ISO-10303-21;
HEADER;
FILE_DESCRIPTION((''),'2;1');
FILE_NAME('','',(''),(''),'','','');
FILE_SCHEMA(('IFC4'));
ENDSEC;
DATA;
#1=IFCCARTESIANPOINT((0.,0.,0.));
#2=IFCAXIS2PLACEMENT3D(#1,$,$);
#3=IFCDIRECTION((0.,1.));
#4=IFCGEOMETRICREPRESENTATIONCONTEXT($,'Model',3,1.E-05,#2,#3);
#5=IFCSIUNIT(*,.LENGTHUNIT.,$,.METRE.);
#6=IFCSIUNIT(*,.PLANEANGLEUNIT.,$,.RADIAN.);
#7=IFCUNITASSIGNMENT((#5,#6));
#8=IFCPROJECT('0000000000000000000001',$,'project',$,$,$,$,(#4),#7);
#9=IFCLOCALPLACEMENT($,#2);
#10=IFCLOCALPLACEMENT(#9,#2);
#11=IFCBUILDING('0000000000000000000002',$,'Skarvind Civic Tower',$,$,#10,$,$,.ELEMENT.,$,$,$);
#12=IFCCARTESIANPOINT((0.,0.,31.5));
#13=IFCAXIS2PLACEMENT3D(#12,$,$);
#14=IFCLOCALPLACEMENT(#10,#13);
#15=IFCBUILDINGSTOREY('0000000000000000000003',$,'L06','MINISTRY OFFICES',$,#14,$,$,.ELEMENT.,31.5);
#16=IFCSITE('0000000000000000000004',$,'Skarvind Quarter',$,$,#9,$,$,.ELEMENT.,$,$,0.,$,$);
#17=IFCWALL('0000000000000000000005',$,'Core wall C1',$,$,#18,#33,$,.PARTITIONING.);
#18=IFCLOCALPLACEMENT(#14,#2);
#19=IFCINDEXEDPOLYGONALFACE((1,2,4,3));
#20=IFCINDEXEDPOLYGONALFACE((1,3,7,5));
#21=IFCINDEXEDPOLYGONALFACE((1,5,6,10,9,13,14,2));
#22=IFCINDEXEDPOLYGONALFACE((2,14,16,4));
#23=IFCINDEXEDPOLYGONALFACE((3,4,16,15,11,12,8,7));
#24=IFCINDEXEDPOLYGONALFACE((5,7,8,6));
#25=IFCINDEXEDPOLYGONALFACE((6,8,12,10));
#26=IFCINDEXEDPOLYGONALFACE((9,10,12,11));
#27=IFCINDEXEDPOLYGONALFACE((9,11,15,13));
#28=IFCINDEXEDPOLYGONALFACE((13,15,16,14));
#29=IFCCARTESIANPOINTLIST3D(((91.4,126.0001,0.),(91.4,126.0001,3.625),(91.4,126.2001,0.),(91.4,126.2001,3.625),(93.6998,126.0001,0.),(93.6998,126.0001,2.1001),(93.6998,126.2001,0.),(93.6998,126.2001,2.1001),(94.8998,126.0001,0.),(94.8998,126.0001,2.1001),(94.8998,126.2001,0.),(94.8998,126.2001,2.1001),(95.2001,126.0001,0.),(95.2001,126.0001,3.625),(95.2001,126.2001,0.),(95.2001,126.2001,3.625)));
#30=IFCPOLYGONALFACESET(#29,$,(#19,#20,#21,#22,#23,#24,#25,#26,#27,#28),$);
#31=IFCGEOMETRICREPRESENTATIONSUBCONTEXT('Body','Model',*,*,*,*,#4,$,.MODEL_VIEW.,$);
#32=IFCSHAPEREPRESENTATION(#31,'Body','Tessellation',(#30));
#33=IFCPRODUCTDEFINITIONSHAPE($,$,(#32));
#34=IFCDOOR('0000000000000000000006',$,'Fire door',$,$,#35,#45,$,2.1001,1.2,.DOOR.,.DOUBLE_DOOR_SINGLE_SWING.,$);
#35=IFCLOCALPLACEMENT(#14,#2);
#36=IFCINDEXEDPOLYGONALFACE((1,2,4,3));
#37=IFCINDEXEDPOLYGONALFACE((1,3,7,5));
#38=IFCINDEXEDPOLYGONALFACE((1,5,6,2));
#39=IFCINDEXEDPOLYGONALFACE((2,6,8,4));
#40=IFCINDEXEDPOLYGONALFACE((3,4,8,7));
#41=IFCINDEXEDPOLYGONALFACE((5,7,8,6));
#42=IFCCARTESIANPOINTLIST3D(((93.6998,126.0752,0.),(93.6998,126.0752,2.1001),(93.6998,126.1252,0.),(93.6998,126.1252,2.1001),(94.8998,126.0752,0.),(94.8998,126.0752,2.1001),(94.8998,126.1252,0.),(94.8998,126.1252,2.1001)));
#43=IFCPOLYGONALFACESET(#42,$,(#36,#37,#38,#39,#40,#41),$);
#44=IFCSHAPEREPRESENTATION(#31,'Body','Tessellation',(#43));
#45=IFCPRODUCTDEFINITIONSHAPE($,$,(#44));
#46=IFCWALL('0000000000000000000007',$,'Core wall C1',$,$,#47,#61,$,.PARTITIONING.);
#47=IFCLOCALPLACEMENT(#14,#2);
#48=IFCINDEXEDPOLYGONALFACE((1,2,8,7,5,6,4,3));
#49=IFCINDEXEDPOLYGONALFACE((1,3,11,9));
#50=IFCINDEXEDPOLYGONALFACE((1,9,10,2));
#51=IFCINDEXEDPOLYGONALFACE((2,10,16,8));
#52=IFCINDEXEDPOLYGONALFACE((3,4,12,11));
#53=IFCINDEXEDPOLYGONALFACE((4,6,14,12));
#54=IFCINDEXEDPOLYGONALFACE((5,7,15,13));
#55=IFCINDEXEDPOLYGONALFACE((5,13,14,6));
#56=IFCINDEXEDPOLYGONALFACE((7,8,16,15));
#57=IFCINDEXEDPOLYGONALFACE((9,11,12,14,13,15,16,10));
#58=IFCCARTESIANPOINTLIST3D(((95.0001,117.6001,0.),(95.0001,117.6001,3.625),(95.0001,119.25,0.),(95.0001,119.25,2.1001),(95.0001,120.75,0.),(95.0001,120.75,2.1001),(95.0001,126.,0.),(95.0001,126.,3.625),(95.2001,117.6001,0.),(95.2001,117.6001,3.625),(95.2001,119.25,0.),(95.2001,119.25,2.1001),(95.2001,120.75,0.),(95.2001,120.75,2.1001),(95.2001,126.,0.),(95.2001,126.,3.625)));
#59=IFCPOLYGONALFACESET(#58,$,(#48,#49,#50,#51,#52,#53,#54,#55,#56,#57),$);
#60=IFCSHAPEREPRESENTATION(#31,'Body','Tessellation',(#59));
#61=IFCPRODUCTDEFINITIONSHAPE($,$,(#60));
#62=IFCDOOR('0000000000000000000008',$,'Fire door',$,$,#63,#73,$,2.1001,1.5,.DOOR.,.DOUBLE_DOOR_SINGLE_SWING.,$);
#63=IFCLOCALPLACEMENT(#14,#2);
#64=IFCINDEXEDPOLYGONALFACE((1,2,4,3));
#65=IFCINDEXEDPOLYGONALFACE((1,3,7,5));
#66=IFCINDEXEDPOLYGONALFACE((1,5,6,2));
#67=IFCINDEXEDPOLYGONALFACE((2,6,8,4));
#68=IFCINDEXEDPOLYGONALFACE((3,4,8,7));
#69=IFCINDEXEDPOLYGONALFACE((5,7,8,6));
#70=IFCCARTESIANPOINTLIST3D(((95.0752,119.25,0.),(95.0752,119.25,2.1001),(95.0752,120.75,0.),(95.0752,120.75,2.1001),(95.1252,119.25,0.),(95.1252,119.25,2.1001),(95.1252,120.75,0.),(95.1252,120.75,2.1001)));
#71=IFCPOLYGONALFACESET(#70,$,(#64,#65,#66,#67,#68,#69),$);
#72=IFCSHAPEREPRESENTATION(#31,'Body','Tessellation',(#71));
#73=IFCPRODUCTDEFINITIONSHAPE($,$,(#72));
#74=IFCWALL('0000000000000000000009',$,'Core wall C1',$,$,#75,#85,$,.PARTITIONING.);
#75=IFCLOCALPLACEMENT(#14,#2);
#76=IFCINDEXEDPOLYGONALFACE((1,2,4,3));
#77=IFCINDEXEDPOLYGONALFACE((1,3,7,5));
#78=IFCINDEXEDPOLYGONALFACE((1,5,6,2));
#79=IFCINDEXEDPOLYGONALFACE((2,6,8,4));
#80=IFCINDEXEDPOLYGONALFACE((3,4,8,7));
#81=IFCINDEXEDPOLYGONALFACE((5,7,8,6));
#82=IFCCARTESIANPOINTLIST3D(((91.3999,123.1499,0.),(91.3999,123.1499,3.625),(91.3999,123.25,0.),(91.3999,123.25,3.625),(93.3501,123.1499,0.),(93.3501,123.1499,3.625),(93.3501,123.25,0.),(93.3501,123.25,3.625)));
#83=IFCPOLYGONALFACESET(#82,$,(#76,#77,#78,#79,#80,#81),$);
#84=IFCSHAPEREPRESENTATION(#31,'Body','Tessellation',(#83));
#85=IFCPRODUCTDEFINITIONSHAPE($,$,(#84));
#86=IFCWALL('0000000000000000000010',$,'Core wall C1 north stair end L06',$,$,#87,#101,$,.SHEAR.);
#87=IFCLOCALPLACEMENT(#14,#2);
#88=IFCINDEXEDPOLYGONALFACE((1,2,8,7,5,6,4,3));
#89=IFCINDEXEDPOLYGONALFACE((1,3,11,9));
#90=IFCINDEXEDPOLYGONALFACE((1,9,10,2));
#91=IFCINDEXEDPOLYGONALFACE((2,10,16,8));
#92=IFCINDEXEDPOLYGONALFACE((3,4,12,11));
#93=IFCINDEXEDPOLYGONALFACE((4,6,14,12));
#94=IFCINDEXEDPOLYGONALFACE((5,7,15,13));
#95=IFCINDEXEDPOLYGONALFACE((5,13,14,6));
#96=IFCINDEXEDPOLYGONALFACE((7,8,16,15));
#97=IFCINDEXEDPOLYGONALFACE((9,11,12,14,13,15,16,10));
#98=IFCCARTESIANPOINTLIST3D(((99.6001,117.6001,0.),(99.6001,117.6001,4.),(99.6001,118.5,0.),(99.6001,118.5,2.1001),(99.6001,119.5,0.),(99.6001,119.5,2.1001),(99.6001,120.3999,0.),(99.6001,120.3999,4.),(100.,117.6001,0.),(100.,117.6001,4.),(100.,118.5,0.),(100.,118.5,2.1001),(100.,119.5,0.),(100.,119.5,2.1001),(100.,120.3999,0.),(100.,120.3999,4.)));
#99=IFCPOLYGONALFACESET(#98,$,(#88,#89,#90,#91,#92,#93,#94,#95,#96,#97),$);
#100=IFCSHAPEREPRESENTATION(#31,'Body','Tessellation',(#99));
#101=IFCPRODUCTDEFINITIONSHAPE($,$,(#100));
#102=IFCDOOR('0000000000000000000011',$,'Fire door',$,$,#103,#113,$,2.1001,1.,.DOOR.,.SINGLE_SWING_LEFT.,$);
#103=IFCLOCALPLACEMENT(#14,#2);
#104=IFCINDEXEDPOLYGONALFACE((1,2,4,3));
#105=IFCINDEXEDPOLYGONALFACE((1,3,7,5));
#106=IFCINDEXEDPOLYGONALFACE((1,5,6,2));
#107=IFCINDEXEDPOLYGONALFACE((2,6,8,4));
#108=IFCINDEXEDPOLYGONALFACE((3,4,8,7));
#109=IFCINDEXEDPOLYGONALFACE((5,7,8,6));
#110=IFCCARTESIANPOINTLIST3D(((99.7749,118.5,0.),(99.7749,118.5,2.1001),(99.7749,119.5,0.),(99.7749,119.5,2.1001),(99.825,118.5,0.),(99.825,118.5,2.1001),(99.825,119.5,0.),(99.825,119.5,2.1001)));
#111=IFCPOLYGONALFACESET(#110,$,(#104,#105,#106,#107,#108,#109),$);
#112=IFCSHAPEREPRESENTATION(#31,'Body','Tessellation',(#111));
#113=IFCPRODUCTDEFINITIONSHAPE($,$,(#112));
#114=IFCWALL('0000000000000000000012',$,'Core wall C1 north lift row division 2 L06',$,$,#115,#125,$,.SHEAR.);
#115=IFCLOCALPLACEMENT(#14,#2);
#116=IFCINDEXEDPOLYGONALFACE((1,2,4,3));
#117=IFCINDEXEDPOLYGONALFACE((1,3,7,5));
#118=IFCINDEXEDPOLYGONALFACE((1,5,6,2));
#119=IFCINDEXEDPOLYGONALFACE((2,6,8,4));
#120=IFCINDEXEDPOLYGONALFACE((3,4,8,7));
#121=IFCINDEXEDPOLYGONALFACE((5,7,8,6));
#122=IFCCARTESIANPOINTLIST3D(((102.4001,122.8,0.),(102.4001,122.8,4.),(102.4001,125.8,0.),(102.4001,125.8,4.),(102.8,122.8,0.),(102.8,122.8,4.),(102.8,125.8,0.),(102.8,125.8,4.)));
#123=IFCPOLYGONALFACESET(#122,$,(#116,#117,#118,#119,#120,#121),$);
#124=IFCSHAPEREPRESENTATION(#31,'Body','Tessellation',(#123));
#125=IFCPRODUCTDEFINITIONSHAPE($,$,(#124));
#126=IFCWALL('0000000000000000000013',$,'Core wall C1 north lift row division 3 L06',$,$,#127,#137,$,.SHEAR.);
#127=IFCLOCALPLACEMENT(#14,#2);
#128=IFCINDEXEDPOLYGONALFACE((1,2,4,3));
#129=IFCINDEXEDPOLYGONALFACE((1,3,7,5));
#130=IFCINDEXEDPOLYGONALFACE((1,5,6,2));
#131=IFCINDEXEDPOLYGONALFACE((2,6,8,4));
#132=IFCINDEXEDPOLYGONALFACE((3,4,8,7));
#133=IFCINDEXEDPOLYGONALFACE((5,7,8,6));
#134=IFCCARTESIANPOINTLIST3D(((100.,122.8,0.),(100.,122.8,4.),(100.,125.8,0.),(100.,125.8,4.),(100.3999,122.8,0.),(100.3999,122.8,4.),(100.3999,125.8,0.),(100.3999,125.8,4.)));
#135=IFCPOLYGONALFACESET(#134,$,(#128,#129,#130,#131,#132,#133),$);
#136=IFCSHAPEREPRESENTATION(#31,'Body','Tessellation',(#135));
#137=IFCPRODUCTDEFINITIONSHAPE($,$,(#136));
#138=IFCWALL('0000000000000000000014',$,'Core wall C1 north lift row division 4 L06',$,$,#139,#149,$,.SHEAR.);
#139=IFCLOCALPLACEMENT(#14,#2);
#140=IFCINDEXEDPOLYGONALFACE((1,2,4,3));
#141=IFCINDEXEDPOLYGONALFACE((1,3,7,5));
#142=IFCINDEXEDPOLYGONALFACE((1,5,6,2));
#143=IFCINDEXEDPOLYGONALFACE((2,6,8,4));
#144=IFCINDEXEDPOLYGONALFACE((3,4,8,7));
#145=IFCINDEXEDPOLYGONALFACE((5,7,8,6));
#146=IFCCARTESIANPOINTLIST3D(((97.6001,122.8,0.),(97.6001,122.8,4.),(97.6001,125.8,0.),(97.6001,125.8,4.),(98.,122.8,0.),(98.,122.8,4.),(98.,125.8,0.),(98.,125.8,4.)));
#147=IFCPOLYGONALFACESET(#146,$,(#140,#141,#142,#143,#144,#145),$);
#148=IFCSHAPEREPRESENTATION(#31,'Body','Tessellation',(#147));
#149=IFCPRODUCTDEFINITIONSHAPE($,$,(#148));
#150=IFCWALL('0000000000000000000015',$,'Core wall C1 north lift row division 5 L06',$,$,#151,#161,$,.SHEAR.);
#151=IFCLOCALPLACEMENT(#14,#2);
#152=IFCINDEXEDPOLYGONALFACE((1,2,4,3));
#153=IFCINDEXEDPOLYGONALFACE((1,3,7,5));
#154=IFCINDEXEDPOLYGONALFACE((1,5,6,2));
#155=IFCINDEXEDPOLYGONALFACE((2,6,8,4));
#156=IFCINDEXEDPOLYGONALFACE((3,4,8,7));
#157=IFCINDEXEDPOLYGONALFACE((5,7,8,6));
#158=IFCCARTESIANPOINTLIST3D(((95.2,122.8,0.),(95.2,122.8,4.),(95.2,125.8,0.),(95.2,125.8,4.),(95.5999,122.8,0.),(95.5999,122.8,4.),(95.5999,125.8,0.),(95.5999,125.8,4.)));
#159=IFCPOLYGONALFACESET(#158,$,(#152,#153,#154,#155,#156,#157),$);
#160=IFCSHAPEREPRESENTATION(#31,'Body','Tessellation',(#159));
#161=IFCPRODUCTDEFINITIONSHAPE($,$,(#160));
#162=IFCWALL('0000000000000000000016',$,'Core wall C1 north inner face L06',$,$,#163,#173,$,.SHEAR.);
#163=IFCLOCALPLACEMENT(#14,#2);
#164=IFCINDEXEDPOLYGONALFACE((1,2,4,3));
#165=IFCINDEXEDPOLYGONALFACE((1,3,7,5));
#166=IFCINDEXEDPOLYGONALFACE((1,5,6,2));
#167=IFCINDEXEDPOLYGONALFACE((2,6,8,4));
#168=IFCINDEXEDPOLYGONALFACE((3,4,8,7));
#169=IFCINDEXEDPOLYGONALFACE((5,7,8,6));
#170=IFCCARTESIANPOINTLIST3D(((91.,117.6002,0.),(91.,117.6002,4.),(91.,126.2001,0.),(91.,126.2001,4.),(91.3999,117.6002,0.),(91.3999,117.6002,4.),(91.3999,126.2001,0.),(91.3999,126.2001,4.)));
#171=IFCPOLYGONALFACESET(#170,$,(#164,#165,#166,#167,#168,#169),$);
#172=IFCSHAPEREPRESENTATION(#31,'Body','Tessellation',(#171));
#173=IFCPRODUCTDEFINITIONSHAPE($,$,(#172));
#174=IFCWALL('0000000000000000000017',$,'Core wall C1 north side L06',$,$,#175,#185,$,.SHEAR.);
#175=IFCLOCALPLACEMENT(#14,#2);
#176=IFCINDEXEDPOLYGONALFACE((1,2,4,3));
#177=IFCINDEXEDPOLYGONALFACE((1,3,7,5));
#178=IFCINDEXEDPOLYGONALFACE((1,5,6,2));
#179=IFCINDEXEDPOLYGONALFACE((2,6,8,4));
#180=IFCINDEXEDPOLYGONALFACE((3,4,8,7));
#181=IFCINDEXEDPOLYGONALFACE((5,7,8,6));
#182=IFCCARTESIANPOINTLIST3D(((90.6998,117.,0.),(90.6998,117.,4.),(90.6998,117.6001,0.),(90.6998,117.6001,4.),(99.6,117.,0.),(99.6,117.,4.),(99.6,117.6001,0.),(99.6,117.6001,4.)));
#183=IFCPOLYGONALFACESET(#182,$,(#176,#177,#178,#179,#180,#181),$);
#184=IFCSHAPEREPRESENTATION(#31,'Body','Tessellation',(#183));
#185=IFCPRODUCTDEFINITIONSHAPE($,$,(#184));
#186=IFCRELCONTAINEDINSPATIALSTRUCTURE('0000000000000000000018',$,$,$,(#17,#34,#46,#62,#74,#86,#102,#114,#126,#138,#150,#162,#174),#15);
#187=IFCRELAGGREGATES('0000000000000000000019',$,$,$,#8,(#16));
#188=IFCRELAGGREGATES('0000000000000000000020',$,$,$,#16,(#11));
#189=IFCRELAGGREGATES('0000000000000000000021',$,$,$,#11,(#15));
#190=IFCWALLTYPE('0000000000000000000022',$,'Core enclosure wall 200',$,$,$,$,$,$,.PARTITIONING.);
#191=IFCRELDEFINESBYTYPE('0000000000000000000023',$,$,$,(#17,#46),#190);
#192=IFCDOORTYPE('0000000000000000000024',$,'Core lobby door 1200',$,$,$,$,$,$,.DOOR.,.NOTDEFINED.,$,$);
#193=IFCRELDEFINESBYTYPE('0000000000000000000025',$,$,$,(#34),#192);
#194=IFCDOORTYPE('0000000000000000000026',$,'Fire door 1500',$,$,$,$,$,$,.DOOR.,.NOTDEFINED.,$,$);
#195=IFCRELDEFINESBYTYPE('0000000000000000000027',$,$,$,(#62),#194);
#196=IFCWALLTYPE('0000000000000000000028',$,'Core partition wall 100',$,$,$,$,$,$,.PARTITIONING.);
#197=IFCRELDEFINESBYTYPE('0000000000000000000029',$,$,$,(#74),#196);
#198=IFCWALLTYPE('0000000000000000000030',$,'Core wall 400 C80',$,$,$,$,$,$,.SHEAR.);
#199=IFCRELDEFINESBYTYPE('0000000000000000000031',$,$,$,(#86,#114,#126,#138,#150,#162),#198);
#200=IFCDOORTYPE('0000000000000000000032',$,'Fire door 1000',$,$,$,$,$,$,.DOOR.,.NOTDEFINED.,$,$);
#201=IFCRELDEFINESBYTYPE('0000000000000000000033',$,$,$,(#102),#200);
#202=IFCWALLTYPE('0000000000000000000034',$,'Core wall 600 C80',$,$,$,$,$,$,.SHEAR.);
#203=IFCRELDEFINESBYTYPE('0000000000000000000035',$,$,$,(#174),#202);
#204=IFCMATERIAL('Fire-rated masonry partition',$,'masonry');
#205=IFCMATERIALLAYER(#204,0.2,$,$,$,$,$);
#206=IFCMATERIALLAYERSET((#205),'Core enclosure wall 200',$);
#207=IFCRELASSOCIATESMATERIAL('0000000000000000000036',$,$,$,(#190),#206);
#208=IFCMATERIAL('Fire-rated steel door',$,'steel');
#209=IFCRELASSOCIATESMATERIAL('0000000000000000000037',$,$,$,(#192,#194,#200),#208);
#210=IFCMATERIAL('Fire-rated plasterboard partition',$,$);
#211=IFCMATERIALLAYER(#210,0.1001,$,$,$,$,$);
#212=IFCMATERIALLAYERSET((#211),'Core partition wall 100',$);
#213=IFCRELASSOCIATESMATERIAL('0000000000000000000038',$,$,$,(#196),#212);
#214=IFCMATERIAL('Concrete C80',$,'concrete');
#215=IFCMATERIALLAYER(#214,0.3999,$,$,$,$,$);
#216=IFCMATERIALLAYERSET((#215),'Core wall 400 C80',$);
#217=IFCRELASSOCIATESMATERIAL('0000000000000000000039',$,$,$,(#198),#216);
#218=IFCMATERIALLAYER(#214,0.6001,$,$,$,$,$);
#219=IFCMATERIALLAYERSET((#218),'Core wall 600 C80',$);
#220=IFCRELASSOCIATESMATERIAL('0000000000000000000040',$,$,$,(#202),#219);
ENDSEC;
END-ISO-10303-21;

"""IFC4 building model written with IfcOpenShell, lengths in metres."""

from ifc_helpers import new_model, si_unit, direction, frame, frame_2d, origin, place, context, subcontext, project, spatial, rectangle, extrude, material, layer, layer_set, type_object, element, fill, save


model = new_model("IFC4")

# Units and contexts
model_context = context("Model", 3, precision=1e-05, world=origin(), true_north=direction((0.0, 1.0)))
body_context = subcontext(model_context, "Body", "Model", "MODEL_VIEW")
ifc_project = project(units=[si_unit("LENGTHUNIT", "METRE"), si_unit("PLANEANGLEUNIT", "RADIAN")], contexts=[model_context])

# Site, building, storey
site_placement = place(None, origin())
site = spatial("IfcSite", under=ifc_project, at=site_placement, Name="Skarvind Quarter", CompositionType="ELEMENT", RefElevation=0.0)
building_placement = place(site_placement, origin())
building = spatial("IfcBuilding", under=site, at=building_placement, Name="Skarvind Civic Tower", CompositionType="ELEMENT")
storey_placement = place(building_placement, frame((0.0, 0.0, 31.5)))
storey = spatial("IfcBuildingStorey", under=building, at=storey_placement, Name="L06", Description="MINISTRY OFFICES", CompositionType="ELEMENT", Elevation=31.5)

# Walls, openings, doors
ifc_material_1 = material(Name="Fire-rated masonry partition", Category="masonry")
ifc_layer_1 = layer(ifc_material_1, 0.2)
ifc_layer_set_1 = layer_set([ifc_layer_1], Name="Core enclosure wall 200")
wall_type_1 = type_object("IfcWallType", Name="Core enclosure wall 200", PredefinedType="PARTITIONING", material=ifc_layer_set_1)
wall_1_placement = place(storey_placement, frame((95.2, 126.1001, 0.0), z_axis=(0.0, 0.0, 1.0), x_axis=(-1.0, 0.0, 0.0)))
wall_1 = element("IfcWall", 1, at=wall_1_placement, inside=storey, type_object=wall_type_1, Name="Core wall C1", PredefinedType="PARTITIONING", context=body_context, shape_type="SweptSolid", body=[
    extrude(rectangle(XDim=3.8, YDim=0.2, at=frame_2d((1.8999, 0.0))), origin(), (0.0, 0.0, 1.0), 3.625),
])
opening_1_placement = place(wall_1_placement, frame((0.3, 0.0, 0.0)))
opening_1 = element("IfcOpeningElement", 2, at=opening_1_placement, cuts=wall_1, PredefinedType="OPENING", context=body_context, shape_type="SweptSolid", body=[
    extrude(rectangle(XDim=1.2, YDim=2.1001, at=frame_2d((0.6001, 1.05))), frame((0.0, 0.1099, 0.0), z_axis=(0.0, -1.0, 0.0), x_axis=(1.0, 0.0, 0.0)), (0.0, 0.0, 1.0), 0.22),
])
ifc_material_2 = material(Name="Fire-rated steel door", Category="steel")
door_type_1 = type_object("IfcDoorType", Name="Core lobby door 1200", OperationType="NOTDEFINED", PredefinedType="DOOR", material=ifc_material_2)
door_1_placement = place(opening_1_placement, origin())
door_1 = element("IfcDoor", 3, at=door_1_placement, inside=storey, type_object=door_type_1, Name="Fire door", OperationType="DOUBLE_DOOR_SINGLE_SWING", OverallHeight=2.1001, OverallWidth=1.2, PredefinedType="DOOR", context=body_context, shape_type="SweptSolid", body=[
    extrude(rectangle(XDim=1.2, YDim=2.1001, at=frame_2d((0.6001, 1.05))), frame((0.0, 0.0249, 0.0), z_axis=(0.0, -1.0, 0.0), x_axis=(1.0, 0.0, 0.0)), (0.0, 0.0, 1.0), 0.05),
])
fill(opening_1, door_1)
wall_2_placement = place(storey_placement, frame((95.1001, 117.6001, 0.0), z_axis=(0.0, 0.0, 1.0), x_axis=(0.0, 1.0, 0.0)))
wall_2 = element("IfcWall", 4, at=wall_2_placement, inside=storey, type_object=wall_type_1, Name="Core wall C1", PredefinedType="PARTITIONING", context=body_context, shape_type="SweptSolid", body=[
    extrude(rectangle(XDim=8.3999, YDim=0.2, at=frame_2d((4.2, 0.0))), origin(), (0.0, 0.0, 1.0), 3.625),
])
opening_2_placement = place(wall_2_placement, frame((1.6499, 0.0, 0.0)))
opening_2 = element("IfcOpeningElement", 5, at=opening_2_placement, cuts=wall_2, PredefinedType="OPENING", context=body_context, shape_type="SweptSolid", body=[
    extrude(rectangle(XDim=1.5, YDim=2.1001, at=frame_2d((0.75, 1.05))), frame((0.0, 0.1099, 0.0), z_axis=(0.0, -1.0, 0.0), x_axis=(1.0, 0.0, 0.0)), (0.0, 0.0, 1.0), 0.22),
])
door_type_2 = type_object("IfcDoorType", Name="Fire door 1500", OperationType="NOTDEFINED", PredefinedType="DOOR", material=ifc_material_2)
door_2_placement = place(opening_2_placement, origin())
door_2 = element("IfcDoor", 6, at=door_2_placement, inside=storey, type_object=door_type_2, Name="Fire door", OperationType="DOUBLE_DOOR_SINGLE_SWING", OverallHeight=2.1001, OverallWidth=1.5, PredefinedType="DOOR", context=body_context, shape_type="SweptSolid", body=[
    extrude(rectangle(XDim=1.5, YDim=2.1001, at=frame_2d((0.75, 1.05))), frame((0.0, 0.0249, 0.0), z_axis=(0.0, -1.0, 0.0), x_axis=(1.0, 0.0, 0.0)), (0.0, 0.0, 1.0), 0.05),
])
fill(opening_2, door_2)

# Wall
ifc_material_3 = material(Name="Fire-rated plasterboard partition")
ifc_layer_2 = layer(ifc_material_3, 0.1001)
ifc_layer_set_2 = layer_set([ifc_layer_2], Name="Core partition wall 100")
wall_type_2 = type_object("IfcWallType", Name="Core partition wall 100", PredefinedType="PARTITIONING", material=ifc_layer_set_2)
wall_3_placement = place(storey_placement, frame((93.3501, 123.2, 0.0), z_axis=(0.0, 0.0, 1.0), x_axis=(-1.0, 0.0, 0.0)))
element("IfcWall", 7, at=wall_3_placement, inside=storey, type_object=wall_type_2, Name="Core wall C1", PredefinedType="PARTITIONING", context=body_context, shape_type="SweptSolid", body=[
    extrude(rectangle(XDim=1.9502, YDim=0.1001, at=frame_2d((0.9751, 0.0))), origin(), (0.0, 0.0, 1.0), 3.625),
])

# Wall, opening, door
ifc_material_4 = material(Name="Concrete C80", Category="concrete")
ifc_layer_3 = layer(ifc_material_4, 0.3999)
ifc_layer_set_3 = layer_set([ifc_layer_3], Name="Core wall 400 C80")
wall_type_3 = type_object("IfcWallType", Name="Core wall 400 C80", PredefinedType="SHEAR", material=ifc_layer_set_3)
wall_4_placement = place(storey_placement, frame((99.8, 120.3999, 0.0), z_axis=(0.0, 0.0, 1.0), x_axis=(0.0, -1.0, 0.0)))
wall_4 = element("IfcWall", 8, at=wall_4_placement, inside=storey, type_object=wall_type_3, Name="Core wall C1 north stair end L06", PredefinedType="SHEAR", context=body_context, shape_type="SweptSolid", body=[
    extrude(rectangle(XDim=2.7998, YDim=0.3999, at=frame_2d((1.3999, 0.0))), origin(), (0.0, 0.0, 1.0), 4.0),
])
opening_3_placement = place(wall_4_placement, frame((0.8999, 0.0, 0.0)))
opening_3 = element("IfcOpeningElement", 9, at=opening_3_placement, cuts=wall_4, PredefinedType="OPENING", context=body_context, shape_type="SweptSolid", body=[
    extrude(rectangle(XDim=1.0, YDim=2.1001, at=frame_2d((0.5, 1.05))), frame((0.0, 0.21, 0.0), z_axis=(0.0, -1.0, 0.0), x_axis=(1.0, 0.0, 0.0)), (0.0, 0.0, 1.0), 0.4199),
])
door_type_3 = type_object("IfcDoorType", Name="Fire door 1000", OperationType="NOTDEFINED", PredefinedType="DOOR", material=ifc_material_2)
door_3_placement = place(opening_3_placement, origin())
door_3 = element("IfcDoor", 10, at=door_3_placement, inside=storey, type_object=door_type_3, Name="Fire door", OperationType="SINGLE_SWING_LEFT", OverallHeight=2.1001, OverallWidth=1.0, PredefinedType="DOOR", context=body_context, shape_type="SweptSolid", body=[
    extrude(rectangle(XDim=1.0, YDim=2.1001, at=frame_2d((0.5, 1.05))), frame((0.0, 0.0249, 0.0), z_axis=(0.0, -1.0, 0.0), x_axis=(1.0, 0.0, 0.0)), (0.0, 0.0, 1.0), 0.05),
])
fill(opening_3, door_3)

# Walls
for number, where, z_axis, x_axis, name in (
    (11, (102.6001, 125.8, 0.0), (0.0, 0.0, 1.0), (0.0, -1.0, 0.0), "Core wall C1 north lift row division 2 L06"),
    (12, (100.2, 125.8, 0.0), (0.0, 0.0, 1.0), (0.0, -1.0, 0.0), "Core wall C1 north lift row division 3 L06"),
    (13, (97.8, 125.8, 0.0), (0.0, 0.0, 1.0), (0.0, -1.0, 0.0), "Core wall C1 north lift row division 4 L06"),
    (14, (95.3999, 125.8, 0.0), (0.0, 0.0, 1.0), (0.0, -1.0, 0.0), "Core wall C1 north lift row division 5 L06"),
):
    element("IfcWall", number, at=place(storey_placement, frame(where, z_axis=z_axis, x_axis=x_axis)), inside=storey, type_object=wall_type_3, Name=name, PredefinedType="SHEAR", context=body_context, shape_type="SweptSolid", body=[
        extrude(rectangle(XDim=3.0, YDim=0.3999, at=frame_2d((1.5, 0.0))), origin(), (0.0, 0.0, 1.0), 4.0),
    ])
wall_5_placement = place(storey_placement, frame((91.2, 126.2, 0.0), z_axis=(0.0, 0.0, 1.0), x_axis=(0.0, -1.0, 0.0)))
element("IfcWall", 15, at=wall_5_placement, inside=storey, type_object=wall_type_3, Name="Core wall C1 north inner face L06", PredefinedType="SHEAR", context=body_context, shape_type="SweptSolid", body=[
    extrude(rectangle(XDim=8.5999, YDim=0.3999, at=frame_2d((4.2998, 0.0))), origin(), (0.0, 0.0, 1.0), 4.0),
])
ifc_layer_4 = layer(ifc_material_4, 0.6001)
ifc_layer_set_4 = layer_set([ifc_layer_4], Name="Core wall 600 C80")
wall_type_4 = type_object("IfcWallType", Name="Core wall 600 C80", PredefinedType="SHEAR", material=ifc_layer_set_4)
wall_6_placement = place(storey_placement, frame((99.6001, 117.3, 0.0), z_axis=(0.0, 0.0, 1.0), x_axis=(-1.0, 0.0, 0.0)))
element("IfcWall", 16, at=wall_6_placement, inside=storey, type_object=wall_type_4, Name="Core wall C1 north side L06", PredefinedType="SHEAR", context=body_context, shape_type="SweptSolid", body=[
    extrude(rectangle(XDim=8.9001, YDim=0.6001, at=frame_2d((4.4502, 0.0))), origin(), (0.0, 0.0, 1.0), 4.0),
])

save(model, "model.ifc")
